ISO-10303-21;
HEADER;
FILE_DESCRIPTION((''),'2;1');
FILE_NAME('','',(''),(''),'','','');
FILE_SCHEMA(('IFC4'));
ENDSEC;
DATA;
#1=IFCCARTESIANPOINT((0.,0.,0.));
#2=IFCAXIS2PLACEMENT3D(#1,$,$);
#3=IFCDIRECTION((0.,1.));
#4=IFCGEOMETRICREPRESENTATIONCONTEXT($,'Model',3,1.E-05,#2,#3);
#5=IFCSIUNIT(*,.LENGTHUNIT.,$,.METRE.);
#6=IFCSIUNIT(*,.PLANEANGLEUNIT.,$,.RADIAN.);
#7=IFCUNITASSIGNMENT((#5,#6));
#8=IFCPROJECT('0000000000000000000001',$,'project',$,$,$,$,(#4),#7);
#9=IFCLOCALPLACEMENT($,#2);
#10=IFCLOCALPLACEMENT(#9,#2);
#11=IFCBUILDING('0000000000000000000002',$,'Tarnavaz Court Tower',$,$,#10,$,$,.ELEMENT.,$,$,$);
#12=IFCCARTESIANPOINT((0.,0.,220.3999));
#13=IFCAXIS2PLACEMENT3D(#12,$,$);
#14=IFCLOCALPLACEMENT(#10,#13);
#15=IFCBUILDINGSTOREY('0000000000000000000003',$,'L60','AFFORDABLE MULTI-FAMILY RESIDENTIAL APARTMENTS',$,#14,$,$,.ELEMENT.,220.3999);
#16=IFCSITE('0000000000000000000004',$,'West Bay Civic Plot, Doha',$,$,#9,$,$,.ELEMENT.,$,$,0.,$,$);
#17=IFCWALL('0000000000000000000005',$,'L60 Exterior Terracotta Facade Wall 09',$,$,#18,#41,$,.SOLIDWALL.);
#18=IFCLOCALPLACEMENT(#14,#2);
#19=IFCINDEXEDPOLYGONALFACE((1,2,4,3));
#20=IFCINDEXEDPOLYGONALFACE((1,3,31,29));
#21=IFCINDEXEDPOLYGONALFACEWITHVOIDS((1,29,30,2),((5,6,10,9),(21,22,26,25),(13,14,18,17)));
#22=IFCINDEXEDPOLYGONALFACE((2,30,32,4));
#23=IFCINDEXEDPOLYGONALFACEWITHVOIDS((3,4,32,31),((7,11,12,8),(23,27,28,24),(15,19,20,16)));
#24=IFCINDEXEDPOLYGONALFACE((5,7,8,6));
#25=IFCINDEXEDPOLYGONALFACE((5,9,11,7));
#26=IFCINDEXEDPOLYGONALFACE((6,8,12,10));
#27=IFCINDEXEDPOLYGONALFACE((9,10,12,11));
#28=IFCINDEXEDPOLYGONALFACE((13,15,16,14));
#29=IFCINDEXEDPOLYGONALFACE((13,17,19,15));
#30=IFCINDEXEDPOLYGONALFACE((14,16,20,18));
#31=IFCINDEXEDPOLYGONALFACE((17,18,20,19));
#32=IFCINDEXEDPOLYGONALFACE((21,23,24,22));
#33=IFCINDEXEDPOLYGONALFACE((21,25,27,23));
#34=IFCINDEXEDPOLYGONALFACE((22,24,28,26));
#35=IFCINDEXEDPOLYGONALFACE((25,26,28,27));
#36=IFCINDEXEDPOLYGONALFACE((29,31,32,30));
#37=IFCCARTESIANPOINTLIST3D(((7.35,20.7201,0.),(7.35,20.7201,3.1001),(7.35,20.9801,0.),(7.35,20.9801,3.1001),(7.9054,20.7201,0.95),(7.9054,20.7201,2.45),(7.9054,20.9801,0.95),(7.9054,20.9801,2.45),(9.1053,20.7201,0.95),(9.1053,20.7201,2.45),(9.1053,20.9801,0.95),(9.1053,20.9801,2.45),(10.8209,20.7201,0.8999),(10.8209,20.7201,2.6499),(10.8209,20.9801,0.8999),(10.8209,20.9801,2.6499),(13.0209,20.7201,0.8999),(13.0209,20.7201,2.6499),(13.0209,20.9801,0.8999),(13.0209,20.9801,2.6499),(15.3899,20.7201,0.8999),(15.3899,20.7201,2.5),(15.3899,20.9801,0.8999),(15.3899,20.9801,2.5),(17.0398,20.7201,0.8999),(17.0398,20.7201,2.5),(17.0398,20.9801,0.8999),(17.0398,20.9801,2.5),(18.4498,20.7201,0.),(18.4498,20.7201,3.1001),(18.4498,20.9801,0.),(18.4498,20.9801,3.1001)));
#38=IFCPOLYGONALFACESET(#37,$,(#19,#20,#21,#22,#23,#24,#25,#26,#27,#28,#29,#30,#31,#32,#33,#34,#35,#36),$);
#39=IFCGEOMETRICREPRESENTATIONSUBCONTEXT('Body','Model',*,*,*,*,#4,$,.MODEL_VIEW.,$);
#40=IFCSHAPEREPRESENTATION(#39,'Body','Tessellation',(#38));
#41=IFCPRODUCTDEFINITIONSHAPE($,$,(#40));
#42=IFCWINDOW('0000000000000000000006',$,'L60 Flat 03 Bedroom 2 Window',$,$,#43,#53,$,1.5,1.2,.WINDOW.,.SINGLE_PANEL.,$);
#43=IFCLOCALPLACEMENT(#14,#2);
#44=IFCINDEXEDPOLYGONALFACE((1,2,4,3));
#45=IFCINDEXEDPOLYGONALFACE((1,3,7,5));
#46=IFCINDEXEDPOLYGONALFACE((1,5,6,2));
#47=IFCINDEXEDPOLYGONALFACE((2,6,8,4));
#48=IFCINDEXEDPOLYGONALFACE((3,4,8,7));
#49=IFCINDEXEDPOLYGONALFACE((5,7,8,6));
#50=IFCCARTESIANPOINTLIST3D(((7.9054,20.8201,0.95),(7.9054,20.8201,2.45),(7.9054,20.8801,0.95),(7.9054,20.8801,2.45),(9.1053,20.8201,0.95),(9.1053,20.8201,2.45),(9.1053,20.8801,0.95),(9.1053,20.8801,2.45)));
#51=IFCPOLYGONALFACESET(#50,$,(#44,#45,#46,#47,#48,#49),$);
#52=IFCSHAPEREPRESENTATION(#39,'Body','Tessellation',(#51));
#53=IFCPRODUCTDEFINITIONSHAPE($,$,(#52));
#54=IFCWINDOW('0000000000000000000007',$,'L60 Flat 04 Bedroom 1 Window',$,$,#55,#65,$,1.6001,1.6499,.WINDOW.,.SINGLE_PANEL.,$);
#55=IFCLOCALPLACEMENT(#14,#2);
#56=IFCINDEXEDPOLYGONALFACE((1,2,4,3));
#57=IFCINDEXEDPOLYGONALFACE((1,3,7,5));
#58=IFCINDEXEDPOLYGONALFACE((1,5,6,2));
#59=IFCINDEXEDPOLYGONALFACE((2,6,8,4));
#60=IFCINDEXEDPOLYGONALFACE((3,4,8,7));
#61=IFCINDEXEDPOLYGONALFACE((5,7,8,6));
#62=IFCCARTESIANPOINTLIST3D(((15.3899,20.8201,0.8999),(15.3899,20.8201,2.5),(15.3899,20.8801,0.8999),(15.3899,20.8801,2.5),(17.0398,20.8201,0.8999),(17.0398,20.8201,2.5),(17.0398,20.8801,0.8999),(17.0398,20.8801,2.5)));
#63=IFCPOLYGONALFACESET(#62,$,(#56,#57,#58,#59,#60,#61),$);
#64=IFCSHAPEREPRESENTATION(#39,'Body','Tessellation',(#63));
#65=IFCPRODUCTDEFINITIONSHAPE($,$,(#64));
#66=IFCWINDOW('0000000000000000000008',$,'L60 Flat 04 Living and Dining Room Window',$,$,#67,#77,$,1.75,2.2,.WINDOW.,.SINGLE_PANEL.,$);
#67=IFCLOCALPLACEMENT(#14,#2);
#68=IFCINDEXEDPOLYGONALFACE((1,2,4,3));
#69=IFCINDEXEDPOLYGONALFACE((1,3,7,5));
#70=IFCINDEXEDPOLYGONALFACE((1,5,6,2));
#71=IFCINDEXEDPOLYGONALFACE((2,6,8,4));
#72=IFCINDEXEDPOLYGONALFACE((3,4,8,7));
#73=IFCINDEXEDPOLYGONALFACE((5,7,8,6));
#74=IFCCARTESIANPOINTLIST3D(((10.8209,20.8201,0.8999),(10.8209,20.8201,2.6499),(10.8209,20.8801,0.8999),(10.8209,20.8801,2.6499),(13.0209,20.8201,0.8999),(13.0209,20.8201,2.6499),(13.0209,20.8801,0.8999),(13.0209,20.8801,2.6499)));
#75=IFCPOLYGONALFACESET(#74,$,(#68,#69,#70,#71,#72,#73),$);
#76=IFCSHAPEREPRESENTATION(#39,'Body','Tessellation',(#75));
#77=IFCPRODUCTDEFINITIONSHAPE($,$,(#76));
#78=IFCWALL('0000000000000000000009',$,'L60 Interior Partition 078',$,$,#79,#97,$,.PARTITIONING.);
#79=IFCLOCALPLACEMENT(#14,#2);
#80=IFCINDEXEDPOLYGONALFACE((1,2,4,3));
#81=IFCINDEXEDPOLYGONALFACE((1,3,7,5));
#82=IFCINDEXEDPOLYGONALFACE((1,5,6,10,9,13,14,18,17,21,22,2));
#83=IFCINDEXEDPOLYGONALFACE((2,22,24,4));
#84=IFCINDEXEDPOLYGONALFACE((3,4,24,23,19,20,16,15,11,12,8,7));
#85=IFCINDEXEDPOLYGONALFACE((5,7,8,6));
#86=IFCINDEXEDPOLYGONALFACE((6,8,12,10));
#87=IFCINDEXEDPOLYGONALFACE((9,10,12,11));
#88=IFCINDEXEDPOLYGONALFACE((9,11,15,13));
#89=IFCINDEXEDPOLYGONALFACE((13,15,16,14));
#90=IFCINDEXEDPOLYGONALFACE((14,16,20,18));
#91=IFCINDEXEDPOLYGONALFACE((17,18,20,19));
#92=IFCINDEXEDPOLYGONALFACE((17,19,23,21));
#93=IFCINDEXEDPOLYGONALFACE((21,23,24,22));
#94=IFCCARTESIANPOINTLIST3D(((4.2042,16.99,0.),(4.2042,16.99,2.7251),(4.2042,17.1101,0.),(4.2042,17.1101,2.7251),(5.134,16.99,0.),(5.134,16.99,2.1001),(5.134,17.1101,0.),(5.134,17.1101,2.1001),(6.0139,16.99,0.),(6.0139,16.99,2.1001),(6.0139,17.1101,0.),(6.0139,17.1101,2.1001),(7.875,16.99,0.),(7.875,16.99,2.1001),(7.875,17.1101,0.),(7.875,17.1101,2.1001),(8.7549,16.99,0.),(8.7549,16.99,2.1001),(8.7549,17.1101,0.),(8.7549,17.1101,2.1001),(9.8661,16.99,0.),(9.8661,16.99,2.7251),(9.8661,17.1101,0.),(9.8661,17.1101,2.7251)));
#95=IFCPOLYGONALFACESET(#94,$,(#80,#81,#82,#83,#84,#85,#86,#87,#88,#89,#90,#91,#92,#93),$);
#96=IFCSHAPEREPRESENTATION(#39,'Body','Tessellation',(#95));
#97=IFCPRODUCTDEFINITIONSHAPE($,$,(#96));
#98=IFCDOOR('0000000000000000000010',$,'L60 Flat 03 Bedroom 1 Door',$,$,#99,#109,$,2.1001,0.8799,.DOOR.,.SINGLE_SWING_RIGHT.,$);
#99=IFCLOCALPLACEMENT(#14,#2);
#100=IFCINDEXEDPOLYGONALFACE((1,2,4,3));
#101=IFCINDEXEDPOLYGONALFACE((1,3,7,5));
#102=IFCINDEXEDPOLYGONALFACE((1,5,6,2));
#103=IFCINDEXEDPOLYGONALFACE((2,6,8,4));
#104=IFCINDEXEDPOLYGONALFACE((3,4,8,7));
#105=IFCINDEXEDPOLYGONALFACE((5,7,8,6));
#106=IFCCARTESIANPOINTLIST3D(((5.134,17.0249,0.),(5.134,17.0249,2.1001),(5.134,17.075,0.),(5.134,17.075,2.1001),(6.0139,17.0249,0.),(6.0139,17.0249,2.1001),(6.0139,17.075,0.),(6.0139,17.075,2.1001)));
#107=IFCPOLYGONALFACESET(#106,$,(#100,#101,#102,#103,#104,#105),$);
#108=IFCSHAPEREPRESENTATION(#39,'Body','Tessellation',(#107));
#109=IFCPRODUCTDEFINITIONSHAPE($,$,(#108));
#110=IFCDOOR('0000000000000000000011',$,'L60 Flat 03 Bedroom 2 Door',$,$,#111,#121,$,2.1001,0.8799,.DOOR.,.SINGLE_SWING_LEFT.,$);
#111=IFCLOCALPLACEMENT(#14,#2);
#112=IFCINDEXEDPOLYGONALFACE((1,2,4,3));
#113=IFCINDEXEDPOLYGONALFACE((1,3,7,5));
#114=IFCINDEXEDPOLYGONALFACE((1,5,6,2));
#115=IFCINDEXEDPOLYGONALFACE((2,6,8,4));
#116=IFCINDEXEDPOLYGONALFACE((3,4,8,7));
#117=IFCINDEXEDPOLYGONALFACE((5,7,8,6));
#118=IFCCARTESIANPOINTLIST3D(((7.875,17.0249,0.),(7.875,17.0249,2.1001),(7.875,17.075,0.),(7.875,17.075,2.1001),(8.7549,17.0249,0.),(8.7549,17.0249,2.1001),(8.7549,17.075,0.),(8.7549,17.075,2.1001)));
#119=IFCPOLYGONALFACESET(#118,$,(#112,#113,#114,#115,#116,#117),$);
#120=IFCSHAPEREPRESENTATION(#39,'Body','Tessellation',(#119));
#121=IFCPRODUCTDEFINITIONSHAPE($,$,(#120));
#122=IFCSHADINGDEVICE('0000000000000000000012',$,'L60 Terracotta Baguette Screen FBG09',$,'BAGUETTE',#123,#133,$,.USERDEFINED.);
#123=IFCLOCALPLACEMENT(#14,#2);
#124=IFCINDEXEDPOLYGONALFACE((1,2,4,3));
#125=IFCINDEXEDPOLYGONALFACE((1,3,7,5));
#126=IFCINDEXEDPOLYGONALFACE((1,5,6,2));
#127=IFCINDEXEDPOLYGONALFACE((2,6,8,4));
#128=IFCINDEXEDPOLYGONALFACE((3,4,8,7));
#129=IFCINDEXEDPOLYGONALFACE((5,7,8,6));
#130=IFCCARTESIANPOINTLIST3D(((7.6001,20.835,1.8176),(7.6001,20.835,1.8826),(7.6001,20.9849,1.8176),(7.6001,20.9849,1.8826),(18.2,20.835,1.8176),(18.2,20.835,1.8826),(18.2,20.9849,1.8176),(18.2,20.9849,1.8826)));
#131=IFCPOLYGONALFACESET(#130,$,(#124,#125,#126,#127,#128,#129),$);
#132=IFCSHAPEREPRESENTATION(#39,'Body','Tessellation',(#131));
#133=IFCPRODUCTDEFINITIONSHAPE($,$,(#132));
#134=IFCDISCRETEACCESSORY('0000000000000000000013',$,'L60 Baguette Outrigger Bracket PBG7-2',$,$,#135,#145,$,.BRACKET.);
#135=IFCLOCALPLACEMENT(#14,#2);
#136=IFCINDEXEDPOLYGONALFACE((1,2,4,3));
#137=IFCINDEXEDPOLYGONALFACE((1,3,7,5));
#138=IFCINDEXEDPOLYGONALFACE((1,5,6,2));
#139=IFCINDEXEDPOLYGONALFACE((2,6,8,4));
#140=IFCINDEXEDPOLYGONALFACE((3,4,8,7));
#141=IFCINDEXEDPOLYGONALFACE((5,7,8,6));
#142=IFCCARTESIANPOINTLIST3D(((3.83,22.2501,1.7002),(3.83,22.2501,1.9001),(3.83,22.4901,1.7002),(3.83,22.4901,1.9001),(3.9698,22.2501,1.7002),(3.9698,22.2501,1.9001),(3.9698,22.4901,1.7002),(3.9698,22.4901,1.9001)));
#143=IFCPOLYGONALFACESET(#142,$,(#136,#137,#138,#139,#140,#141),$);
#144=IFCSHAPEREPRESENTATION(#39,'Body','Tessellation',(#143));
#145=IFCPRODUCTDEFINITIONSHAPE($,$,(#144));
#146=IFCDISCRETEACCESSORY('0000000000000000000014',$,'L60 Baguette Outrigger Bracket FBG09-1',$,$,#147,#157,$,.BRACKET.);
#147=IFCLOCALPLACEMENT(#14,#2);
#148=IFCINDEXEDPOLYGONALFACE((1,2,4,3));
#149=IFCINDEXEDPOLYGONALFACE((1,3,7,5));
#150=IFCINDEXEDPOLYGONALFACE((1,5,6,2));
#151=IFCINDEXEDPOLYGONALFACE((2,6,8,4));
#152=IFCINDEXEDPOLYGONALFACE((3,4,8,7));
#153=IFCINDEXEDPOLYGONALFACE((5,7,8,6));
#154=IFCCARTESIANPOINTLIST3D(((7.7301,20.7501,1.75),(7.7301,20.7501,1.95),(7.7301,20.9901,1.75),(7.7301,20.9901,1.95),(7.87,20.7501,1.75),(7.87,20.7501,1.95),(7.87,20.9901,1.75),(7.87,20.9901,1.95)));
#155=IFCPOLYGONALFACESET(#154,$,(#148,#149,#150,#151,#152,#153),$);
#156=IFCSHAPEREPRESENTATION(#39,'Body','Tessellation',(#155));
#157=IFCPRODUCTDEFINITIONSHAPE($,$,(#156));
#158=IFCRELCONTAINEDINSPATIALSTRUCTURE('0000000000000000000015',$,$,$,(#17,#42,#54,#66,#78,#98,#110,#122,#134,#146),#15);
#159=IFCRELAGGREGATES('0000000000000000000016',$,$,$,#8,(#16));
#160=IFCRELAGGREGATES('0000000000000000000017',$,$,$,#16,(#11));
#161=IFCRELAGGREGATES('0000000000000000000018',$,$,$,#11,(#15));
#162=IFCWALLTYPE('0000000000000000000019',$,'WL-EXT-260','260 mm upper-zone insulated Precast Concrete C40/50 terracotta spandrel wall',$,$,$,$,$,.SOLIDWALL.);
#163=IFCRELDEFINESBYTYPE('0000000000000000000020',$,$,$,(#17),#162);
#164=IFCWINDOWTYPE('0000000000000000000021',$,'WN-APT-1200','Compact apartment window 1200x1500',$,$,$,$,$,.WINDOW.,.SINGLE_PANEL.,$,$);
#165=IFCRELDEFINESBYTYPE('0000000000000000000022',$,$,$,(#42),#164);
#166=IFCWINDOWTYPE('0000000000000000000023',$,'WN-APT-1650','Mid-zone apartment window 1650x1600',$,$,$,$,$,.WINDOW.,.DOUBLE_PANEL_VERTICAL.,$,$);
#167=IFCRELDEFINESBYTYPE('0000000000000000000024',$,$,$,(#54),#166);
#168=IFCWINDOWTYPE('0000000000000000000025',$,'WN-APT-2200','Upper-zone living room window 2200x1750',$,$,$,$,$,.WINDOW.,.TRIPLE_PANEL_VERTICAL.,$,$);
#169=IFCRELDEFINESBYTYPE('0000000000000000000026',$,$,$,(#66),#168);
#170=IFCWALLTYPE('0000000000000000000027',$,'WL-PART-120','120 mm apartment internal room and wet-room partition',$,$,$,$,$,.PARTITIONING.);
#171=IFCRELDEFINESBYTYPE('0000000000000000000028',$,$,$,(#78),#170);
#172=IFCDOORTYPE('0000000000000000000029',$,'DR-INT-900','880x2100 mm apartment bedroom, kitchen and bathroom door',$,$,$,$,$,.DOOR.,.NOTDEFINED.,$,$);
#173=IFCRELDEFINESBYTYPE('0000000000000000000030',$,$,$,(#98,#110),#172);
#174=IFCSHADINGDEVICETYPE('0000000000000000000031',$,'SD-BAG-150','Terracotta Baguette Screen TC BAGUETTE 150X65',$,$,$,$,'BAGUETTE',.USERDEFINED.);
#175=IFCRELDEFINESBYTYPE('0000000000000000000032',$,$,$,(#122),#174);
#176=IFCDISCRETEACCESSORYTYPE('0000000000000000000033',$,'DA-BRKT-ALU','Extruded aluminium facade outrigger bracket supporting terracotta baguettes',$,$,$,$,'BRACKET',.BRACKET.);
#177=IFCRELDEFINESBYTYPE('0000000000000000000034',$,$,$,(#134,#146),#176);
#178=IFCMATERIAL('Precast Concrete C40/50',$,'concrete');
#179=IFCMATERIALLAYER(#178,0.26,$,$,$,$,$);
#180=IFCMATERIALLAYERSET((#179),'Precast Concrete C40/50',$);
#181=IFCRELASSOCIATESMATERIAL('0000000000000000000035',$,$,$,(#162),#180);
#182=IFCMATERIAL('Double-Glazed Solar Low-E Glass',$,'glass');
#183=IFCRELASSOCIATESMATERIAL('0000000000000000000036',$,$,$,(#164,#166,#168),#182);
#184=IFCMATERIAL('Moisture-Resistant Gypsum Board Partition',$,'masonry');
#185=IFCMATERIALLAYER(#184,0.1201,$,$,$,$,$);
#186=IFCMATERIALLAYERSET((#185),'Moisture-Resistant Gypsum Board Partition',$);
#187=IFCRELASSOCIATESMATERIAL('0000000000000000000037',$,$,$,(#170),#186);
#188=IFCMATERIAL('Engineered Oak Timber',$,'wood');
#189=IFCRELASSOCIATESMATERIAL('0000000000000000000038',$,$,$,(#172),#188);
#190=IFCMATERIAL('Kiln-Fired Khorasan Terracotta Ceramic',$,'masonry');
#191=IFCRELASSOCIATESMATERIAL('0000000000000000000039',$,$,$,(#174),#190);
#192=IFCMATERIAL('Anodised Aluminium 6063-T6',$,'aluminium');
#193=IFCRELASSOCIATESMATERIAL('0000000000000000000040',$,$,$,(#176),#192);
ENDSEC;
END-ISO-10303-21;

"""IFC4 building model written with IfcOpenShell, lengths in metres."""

from ifc_helpers import new_model, si_unit, direction, frame, frame_2d, origin, origin_2d, place, context, subcontext, project, spatial, rectangle, extrude, material, layer, layer_set, material_profile, profile_set, type_object, element, fill, save


model = new_model("IFC4")

# Units and contexts
model_context = context("Model", 3, precision=1e-05, world=origin(), true_north=direction((0.0, 1.0)))
body_context = subcontext(model_context, "Body", "Model", "MODEL_VIEW")
ifc_project = project(units=[si_unit("LENGTHUNIT", "METRE"), si_unit("PLANEANGLEUNIT", "RADIAN")], contexts=[model_context])

# Site, building, storey
site_placement = place(None, origin())
site = spatial("IfcSite", under=ifc_project, at=site_placement, Name="West Bay Civic Plot, Doha", CompositionType="ELEMENT", RefElevation=0.0)
building_placement = place(site_placement, origin())
building = spatial("IfcBuilding", under=site, at=building_placement, Name="Tarnavaz Court Tower", CompositionType="ELEMENT")
storey_placement = place(building_placement, frame((0.0, 0.0, 220.3999)))
storey = spatial("IfcBuildingStorey", under=building, at=storey_placement, Name="L60", Description="AFFORDABLE MULTI-FAMILY RESIDENTIAL APARTMENTS", CompositionType="ELEMENT", Elevation=220.3999)

# Shared definitions
ifc_material_1 = material(Name="Anodised Aluminium 6063-T6", Category="aluminium")
ifc_material_2 = material(Name="Double-Glazed Solar Low-E Glass", Category="glass")

# Shared definitions
ifc_material_3 = material(Name="Precast Concrete C40/50", Category="concrete")
ifc_layer_1 = layer(ifc_material_3, 0.26)
ifc_layer_set_1 = layer_set([ifc_layer_1], Name="Precast Concrete C40/50")
wall_type_1 = type_object("IfcWallType", Name="WL-EXT-260", Description="260 mm upper-zone insulated Precast Concrete C40/50 terracotta spandrel wall", PredefinedType="SOLIDWALL", material=ifc_layer_set_1)

# Wall, openings, windows
wall_1_placement = place(storey_placement, frame((7.3501, 20.8501, 0.0), z_axis=(0.0, 0.0, 1.0), x_axis=(1.0, 0.0, 0.0)))
wall_1 = element("IfcWall", 1, at=wall_1_placement, inside=storey, type_object=wall_type_1, Name="L60 Exterior Terracotta Facade Wall 09", PredefinedType="SOLIDWALL", context=body_context, shape_type="SweptSolid", body=[
    extrude(rectangle(XDim=11.0999, YDim=0.26, at=frame_2d((5.5498, 0.0))), origin(), (0.0, 0.0, 1.0), 3.1001),
])
opening_1_placement = place(wall_1_placement, frame((0.5552, 0.0, 0.95)))
opening_1 = element("IfcOpeningElement", 2, at=opening_1_placement, cuts=wall_1, PredefinedType="OPENING", context=body_context, shape_type="SweptSolid", body=[
    extrude(rectangle(XDim=1.2, YDim=1.5, at=frame_2d((0.6001, 0.75))), frame((0.0, 0.1399, 0.0), z_axis=(0.0, -1.0, 0.0), x_axis=(1.0, 0.0, 0.0)), (0.0, 0.0, 1.0), 0.28),
])
opening_2_placement = place(wall_1_placement, frame((3.4707, 0.0, 0.8999)))
opening_2 = element("IfcOpeningElement", 3, at=opening_2_placement, cuts=wall_1, PredefinedType="OPENING", context=body_context, shape_type="SweptSolid", body=[
    extrude(rectangle(XDim=2.2, YDim=1.75, at=frame_2d((1.1001, 0.875))), frame((0.0, 0.1399, 0.0), z_axis=(0.0, -1.0, 0.0), x_axis=(1.0, 0.0, 0.0)), (0.0, 0.0, 1.0), 0.28),
])
opening_3_placement = place(wall_1_placement, frame((8.0398, 0.0, 0.8999)))
opening_3 = element("IfcOpeningElement", 4, at=opening_3_placement, cuts=wall_1, PredefinedType="OPENING", context=body_context, shape_type="SweptSolid", body=[
    extrude(rectangle(XDim=1.6499, YDim=1.6001, at=frame_2d((0.825, 0.8))), frame((0.0, 0.1399, 0.0), z_axis=(0.0, -1.0, 0.0), x_axis=(1.0, 0.0, 0.0)), (0.0, 0.0, 1.0), 0.28),
])
window_type_1 = type_object("IfcWindowType", Name="WN-APT-1200", Description="Compact apartment window 1200x1500", PartitioningType="SINGLE_PANEL", PredefinedType="WINDOW", material=ifc_material_2)
window_1_placement = place(opening_1_placement, origin())
window_1 = element("IfcWindow", 5, at=window_1_placement, inside=storey, type_object=window_type_1, Name="L60 Flat 03 Bedroom 2 Window", OverallHeight=1.5, OverallWidth=1.2, PartitioningType="SINGLE_PANEL", PredefinedType="WINDOW", context=body_context, shape_type="SweptSolid", body=[
    extrude(rectangle(XDim=1.2, YDim=1.5, at=frame_2d((0.6001, 0.75))), frame((0.0, 0.03, 0.0), z_axis=(0.0, -1.0, 0.0), x_axis=(1.0, 0.0, 0.0)), (0.0, 0.0, 1.0), 0.0601),
])
fill(opening_1, window_1)
window_type_2 = type_object("IfcWindowType", Name="WN-APT-1650", Description="Mid-zone apartment window 1650x1600", PartitioningType="DOUBLE_PANEL_VERTICAL", PredefinedType="WINDOW", material=ifc_material_2)
window_2_placement = place(opening_3_placement, origin())
window_2 = element("IfcWindow", 6, at=window_2_placement, inside=storey, type_object=window_type_2, Name="L60 Flat 04 Bedroom 1 Window", OverallHeight=1.6001, OverallWidth=1.6499, PartitioningType="SINGLE_PANEL", PredefinedType="WINDOW", context=body_context, shape_type="SweptSolid", body=[
    extrude(rectangle(XDim=1.6499, YDim=1.6001, at=frame_2d((0.825, 0.8))), frame((0.0, 0.03, 0.0), z_axis=(0.0, -1.0, 0.0), x_axis=(1.0, 0.0, 0.0)), (0.0, 0.0, 1.0), 0.0601),
])
fill(opening_3, window_2)
window_type_3 = type_object("IfcWindowType", Name="WN-APT-2200", Description="Upper-zone living room window 2200x1750", PartitioningType="TRIPLE_PANEL_VERTICAL", PredefinedType="WINDOW", material=ifc_material_2)
window_3_placement = place(opening_2_placement, origin())
window_3 = element("IfcWindow", 7, at=window_3_placement, inside=storey, type_object=window_type_3, Name="L60 Flat 04 Living and Dining Room Window", OverallHeight=1.75, OverallWidth=2.2, PartitioningType="SINGLE_PANEL", PredefinedType="WINDOW", context=body_context, shape_type="SweptSolid", body=[
    extrude(rectangle(XDim=2.2, YDim=1.75, at=frame_2d((1.1001, 0.875))), frame((0.0, 0.03, 0.0), z_axis=(0.0, -1.0, 0.0), x_axis=(1.0, 0.0, 0.0)), (0.0, 0.0, 1.0), 0.0601),
])
fill(opening_2, window_3)

# Wall, openings, doors
ifc_material_4 = material(Name="Moisture-Resistant Gypsum Board Partition", Category="masonry")
ifc_layer_2 = layer(ifc_material_4, 0.1201)
ifc_layer_set_2 = layer_set([ifc_layer_2], Name="Moisture-Resistant Gypsum Board Partition")
wall_type_2 = type_object("IfcWallType", Name="WL-PART-120", Description="120 mm apartment internal room and wet-room partition", PredefinedType="PARTITIONING", material=ifc_layer_set_2)
wall_2_placement = place(storey_placement, frame((4.2041, 17.05, 0.0), z_axis=(0.0, 0.0, 1.0), x_axis=(1.0, 0.0, 0.0)))
wall_2 = element("IfcWall", 8, at=wall_2_placement, inside=storey, type_object=wall_type_2, Name="L60 Interior Partition 078", PredefinedType="PARTITIONING", context=body_context, shape_type="SweptSolid", body=[
    extrude(rectangle(XDim=5.6619, YDim=0.1201, at=frame_2d((2.8311, 0.0))), origin(), (0.0, 0.0, 1.0), 2.7251),
])
opening_4_placement = place(wall_2_placement, frame((0.9299, 0.0, 0.0)))
opening_4 = element("IfcOpeningElement", 9, at=opening_4_placement, cuts=wall_2, PredefinedType="OPENING", context=body_context, shape_type="SweptSolid", body=[
    extrude(rectangle(XDim=0.8799, YDim=2.1001, at=frame_2d((0.4399, 1.05))), frame((0.0, 0.0701, 0.0), z_axis=(0.0, -1.0, 0.0), x_axis=(1.0, 0.0, 0.0)), (0.0, 0.0, 1.0), 0.1401),
])
opening_5_placement = place(wall_2_placement, frame((3.6709, 0.0, 0.0)))
opening_5 = element("IfcOpeningElement", 10, at=opening_5_placement, cuts=wall_2, PredefinedType="OPENING", context=body_context, shape_type="SweptSolid", body=[
    extrude(rectangle(XDim=0.8799, YDim=2.1001, at=frame_2d((0.4399, 1.05))), frame((0.0, 0.0701, 0.0), z_axis=(0.0, -1.0, 0.0), x_axis=(1.0, 0.0, 0.0)), (0.0, 0.0, 1.0), 0.1401),
])
ifc_material_5 = material(Name="Engineered Oak Timber", Category="wood")
door_type = type_object("IfcDoorType", Name="DR-INT-900", Description="880x2100 mm apartment bedroom, kitchen and bathroom door", OperationType="NOTDEFINED", PredefinedType="DOOR", material=ifc_material_5)
door_1_placement = place(opening_4_placement, origin())
door_1 = element("IfcDoor", 11, at=door_1_placement, inside=storey, type_object=door_type, Name="L60 Flat 03 Bedroom 1 Door", OperationType="SINGLE_SWING_RIGHT", OverallHeight=2.1001, OverallWidth=0.8799, PredefinedType="DOOR", context=body_context, shape_type="SweptSolid", body=[
    extrude(rectangle(XDim=0.8799, YDim=2.1001, at=frame_2d((0.4399, 1.05))), frame((0.0, 0.0249, 0.0), z_axis=(0.0, -1.0, 0.0), x_axis=(1.0, 0.0, 0.0)), (0.0, 0.0, 1.0), 0.05),
])
fill(opening_4, door_1)
door_2_placement = place(opening_5_placement, origin())
door_2 = element("IfcDoor", 12, at=door_2_placement, inside=storey, type_object=door_type, Name="L60 Flat 03 Bedroom 2 Door", OperationType="SINGLE_SWING_LEFT", OverallHeight=2.1001, OverallWidth=0.8799, PredefinedType="DOOR", context=body_context, shape_type="SweptSolid", body=[
    extrude(rectangle(XDim=0.8799, YDim=2.1001, at=frame_2d((0.4399, 1.05))), frame((0.0, 0.0249, 0.0), z_axis=(0.0, -1.0, 0.0), x_axis=(1.0, 0.0, 0.0)), (0.0, 0.0, 1.0), 0.05),
])
fill(opening_5, door_2)

# Shading device
ifc_material_6 = material(Name="Kiln-Fired Khorasan Terracotta Ceramic", Category="masonry")
ifc_material_profile_1 = material_profile(ifc_material_6, rectangle(XDim=0.1499, YDim=0.0649, at=origin_2d()), Name="TC BAGUETTE 150X65")
ifc_profile_set_1 = profile_set([ifc_material_profile_1], Name="Kiln-Fired Khorasan Terracotta Ceramic")
shading_device_type = type_object("IfcShadingDeviceType", Name="SD-BAG-150", Description="Terracotta Baguette Screen TC BAGUETTE 150X65", ElementType="BAGUETTE", PredefinedType="USERDEFINED", material=ifc_profile_set_1)
shading_device_placement = place(storey_placement, frame((7.6001, 20.9099, 1.8501), z_axis=(1.0, 0.0, 0.0), x_axis=(0.0, 1.0, 0.0)))
element("IfcShadingDevice", 13, at=shading_device_placement, inside=storey, type_object=shading_device_type, Name="L60 Terracotta Baguette Screen FBG09", ObjectType="BAGUETTE", PredefinedType="USERDEFINED", context=body_context, shape_type="SweptSolid", body=[
    extrude(rectangle(XDim=0.1499, YDim=0.0649, at=origin_2d()), origin(), (0.0, 0.0, 1.0), 10.5999),
])

# Discrete accessories
discrete_accessory_type = type_object("IfcDiscreteAccessoryType", Name="DA-BRKT-ALU", Description="Extruded aluminium facade outrigger bracket supporting terracotta baguettes", ElementType="BRACKET", PredefinedType="BRACKET", material=ifc_material_1)
for number, where, z_axis, x_axis, name in (
    (14, (3.8999, 22.3701, 1.7002), (0.0, 0.0, 1.0), (1.0, 0.0, 0.0), "L60 Baguette Outrigger Bracket PBG7-2"),
    (15, (7.8, 20.8701, 1.75), (0.0, 0.0, 1.0), (1.0, 0.0, 0.0), "L60 Baguette Outrigger Bracket FBG09-1"),
):
    element("IfcDiscreteAccessory", number, at=place(storey_placement, frame(where, z_axis=z_axis, x_axis=x_axis)), inside=storey, type_object=discrete_accessory_type, Name=name, PredefinedType="BRACKET", context=body_context, shape_type="SweptSolid", body=[
        extrude(rectangle(XDim=0.1399, YDim=0.24, at=origin_2d()), origin(), (0.0, 0.0, 1.0), 0.2),
    ])

save(model, "model.ifc")
